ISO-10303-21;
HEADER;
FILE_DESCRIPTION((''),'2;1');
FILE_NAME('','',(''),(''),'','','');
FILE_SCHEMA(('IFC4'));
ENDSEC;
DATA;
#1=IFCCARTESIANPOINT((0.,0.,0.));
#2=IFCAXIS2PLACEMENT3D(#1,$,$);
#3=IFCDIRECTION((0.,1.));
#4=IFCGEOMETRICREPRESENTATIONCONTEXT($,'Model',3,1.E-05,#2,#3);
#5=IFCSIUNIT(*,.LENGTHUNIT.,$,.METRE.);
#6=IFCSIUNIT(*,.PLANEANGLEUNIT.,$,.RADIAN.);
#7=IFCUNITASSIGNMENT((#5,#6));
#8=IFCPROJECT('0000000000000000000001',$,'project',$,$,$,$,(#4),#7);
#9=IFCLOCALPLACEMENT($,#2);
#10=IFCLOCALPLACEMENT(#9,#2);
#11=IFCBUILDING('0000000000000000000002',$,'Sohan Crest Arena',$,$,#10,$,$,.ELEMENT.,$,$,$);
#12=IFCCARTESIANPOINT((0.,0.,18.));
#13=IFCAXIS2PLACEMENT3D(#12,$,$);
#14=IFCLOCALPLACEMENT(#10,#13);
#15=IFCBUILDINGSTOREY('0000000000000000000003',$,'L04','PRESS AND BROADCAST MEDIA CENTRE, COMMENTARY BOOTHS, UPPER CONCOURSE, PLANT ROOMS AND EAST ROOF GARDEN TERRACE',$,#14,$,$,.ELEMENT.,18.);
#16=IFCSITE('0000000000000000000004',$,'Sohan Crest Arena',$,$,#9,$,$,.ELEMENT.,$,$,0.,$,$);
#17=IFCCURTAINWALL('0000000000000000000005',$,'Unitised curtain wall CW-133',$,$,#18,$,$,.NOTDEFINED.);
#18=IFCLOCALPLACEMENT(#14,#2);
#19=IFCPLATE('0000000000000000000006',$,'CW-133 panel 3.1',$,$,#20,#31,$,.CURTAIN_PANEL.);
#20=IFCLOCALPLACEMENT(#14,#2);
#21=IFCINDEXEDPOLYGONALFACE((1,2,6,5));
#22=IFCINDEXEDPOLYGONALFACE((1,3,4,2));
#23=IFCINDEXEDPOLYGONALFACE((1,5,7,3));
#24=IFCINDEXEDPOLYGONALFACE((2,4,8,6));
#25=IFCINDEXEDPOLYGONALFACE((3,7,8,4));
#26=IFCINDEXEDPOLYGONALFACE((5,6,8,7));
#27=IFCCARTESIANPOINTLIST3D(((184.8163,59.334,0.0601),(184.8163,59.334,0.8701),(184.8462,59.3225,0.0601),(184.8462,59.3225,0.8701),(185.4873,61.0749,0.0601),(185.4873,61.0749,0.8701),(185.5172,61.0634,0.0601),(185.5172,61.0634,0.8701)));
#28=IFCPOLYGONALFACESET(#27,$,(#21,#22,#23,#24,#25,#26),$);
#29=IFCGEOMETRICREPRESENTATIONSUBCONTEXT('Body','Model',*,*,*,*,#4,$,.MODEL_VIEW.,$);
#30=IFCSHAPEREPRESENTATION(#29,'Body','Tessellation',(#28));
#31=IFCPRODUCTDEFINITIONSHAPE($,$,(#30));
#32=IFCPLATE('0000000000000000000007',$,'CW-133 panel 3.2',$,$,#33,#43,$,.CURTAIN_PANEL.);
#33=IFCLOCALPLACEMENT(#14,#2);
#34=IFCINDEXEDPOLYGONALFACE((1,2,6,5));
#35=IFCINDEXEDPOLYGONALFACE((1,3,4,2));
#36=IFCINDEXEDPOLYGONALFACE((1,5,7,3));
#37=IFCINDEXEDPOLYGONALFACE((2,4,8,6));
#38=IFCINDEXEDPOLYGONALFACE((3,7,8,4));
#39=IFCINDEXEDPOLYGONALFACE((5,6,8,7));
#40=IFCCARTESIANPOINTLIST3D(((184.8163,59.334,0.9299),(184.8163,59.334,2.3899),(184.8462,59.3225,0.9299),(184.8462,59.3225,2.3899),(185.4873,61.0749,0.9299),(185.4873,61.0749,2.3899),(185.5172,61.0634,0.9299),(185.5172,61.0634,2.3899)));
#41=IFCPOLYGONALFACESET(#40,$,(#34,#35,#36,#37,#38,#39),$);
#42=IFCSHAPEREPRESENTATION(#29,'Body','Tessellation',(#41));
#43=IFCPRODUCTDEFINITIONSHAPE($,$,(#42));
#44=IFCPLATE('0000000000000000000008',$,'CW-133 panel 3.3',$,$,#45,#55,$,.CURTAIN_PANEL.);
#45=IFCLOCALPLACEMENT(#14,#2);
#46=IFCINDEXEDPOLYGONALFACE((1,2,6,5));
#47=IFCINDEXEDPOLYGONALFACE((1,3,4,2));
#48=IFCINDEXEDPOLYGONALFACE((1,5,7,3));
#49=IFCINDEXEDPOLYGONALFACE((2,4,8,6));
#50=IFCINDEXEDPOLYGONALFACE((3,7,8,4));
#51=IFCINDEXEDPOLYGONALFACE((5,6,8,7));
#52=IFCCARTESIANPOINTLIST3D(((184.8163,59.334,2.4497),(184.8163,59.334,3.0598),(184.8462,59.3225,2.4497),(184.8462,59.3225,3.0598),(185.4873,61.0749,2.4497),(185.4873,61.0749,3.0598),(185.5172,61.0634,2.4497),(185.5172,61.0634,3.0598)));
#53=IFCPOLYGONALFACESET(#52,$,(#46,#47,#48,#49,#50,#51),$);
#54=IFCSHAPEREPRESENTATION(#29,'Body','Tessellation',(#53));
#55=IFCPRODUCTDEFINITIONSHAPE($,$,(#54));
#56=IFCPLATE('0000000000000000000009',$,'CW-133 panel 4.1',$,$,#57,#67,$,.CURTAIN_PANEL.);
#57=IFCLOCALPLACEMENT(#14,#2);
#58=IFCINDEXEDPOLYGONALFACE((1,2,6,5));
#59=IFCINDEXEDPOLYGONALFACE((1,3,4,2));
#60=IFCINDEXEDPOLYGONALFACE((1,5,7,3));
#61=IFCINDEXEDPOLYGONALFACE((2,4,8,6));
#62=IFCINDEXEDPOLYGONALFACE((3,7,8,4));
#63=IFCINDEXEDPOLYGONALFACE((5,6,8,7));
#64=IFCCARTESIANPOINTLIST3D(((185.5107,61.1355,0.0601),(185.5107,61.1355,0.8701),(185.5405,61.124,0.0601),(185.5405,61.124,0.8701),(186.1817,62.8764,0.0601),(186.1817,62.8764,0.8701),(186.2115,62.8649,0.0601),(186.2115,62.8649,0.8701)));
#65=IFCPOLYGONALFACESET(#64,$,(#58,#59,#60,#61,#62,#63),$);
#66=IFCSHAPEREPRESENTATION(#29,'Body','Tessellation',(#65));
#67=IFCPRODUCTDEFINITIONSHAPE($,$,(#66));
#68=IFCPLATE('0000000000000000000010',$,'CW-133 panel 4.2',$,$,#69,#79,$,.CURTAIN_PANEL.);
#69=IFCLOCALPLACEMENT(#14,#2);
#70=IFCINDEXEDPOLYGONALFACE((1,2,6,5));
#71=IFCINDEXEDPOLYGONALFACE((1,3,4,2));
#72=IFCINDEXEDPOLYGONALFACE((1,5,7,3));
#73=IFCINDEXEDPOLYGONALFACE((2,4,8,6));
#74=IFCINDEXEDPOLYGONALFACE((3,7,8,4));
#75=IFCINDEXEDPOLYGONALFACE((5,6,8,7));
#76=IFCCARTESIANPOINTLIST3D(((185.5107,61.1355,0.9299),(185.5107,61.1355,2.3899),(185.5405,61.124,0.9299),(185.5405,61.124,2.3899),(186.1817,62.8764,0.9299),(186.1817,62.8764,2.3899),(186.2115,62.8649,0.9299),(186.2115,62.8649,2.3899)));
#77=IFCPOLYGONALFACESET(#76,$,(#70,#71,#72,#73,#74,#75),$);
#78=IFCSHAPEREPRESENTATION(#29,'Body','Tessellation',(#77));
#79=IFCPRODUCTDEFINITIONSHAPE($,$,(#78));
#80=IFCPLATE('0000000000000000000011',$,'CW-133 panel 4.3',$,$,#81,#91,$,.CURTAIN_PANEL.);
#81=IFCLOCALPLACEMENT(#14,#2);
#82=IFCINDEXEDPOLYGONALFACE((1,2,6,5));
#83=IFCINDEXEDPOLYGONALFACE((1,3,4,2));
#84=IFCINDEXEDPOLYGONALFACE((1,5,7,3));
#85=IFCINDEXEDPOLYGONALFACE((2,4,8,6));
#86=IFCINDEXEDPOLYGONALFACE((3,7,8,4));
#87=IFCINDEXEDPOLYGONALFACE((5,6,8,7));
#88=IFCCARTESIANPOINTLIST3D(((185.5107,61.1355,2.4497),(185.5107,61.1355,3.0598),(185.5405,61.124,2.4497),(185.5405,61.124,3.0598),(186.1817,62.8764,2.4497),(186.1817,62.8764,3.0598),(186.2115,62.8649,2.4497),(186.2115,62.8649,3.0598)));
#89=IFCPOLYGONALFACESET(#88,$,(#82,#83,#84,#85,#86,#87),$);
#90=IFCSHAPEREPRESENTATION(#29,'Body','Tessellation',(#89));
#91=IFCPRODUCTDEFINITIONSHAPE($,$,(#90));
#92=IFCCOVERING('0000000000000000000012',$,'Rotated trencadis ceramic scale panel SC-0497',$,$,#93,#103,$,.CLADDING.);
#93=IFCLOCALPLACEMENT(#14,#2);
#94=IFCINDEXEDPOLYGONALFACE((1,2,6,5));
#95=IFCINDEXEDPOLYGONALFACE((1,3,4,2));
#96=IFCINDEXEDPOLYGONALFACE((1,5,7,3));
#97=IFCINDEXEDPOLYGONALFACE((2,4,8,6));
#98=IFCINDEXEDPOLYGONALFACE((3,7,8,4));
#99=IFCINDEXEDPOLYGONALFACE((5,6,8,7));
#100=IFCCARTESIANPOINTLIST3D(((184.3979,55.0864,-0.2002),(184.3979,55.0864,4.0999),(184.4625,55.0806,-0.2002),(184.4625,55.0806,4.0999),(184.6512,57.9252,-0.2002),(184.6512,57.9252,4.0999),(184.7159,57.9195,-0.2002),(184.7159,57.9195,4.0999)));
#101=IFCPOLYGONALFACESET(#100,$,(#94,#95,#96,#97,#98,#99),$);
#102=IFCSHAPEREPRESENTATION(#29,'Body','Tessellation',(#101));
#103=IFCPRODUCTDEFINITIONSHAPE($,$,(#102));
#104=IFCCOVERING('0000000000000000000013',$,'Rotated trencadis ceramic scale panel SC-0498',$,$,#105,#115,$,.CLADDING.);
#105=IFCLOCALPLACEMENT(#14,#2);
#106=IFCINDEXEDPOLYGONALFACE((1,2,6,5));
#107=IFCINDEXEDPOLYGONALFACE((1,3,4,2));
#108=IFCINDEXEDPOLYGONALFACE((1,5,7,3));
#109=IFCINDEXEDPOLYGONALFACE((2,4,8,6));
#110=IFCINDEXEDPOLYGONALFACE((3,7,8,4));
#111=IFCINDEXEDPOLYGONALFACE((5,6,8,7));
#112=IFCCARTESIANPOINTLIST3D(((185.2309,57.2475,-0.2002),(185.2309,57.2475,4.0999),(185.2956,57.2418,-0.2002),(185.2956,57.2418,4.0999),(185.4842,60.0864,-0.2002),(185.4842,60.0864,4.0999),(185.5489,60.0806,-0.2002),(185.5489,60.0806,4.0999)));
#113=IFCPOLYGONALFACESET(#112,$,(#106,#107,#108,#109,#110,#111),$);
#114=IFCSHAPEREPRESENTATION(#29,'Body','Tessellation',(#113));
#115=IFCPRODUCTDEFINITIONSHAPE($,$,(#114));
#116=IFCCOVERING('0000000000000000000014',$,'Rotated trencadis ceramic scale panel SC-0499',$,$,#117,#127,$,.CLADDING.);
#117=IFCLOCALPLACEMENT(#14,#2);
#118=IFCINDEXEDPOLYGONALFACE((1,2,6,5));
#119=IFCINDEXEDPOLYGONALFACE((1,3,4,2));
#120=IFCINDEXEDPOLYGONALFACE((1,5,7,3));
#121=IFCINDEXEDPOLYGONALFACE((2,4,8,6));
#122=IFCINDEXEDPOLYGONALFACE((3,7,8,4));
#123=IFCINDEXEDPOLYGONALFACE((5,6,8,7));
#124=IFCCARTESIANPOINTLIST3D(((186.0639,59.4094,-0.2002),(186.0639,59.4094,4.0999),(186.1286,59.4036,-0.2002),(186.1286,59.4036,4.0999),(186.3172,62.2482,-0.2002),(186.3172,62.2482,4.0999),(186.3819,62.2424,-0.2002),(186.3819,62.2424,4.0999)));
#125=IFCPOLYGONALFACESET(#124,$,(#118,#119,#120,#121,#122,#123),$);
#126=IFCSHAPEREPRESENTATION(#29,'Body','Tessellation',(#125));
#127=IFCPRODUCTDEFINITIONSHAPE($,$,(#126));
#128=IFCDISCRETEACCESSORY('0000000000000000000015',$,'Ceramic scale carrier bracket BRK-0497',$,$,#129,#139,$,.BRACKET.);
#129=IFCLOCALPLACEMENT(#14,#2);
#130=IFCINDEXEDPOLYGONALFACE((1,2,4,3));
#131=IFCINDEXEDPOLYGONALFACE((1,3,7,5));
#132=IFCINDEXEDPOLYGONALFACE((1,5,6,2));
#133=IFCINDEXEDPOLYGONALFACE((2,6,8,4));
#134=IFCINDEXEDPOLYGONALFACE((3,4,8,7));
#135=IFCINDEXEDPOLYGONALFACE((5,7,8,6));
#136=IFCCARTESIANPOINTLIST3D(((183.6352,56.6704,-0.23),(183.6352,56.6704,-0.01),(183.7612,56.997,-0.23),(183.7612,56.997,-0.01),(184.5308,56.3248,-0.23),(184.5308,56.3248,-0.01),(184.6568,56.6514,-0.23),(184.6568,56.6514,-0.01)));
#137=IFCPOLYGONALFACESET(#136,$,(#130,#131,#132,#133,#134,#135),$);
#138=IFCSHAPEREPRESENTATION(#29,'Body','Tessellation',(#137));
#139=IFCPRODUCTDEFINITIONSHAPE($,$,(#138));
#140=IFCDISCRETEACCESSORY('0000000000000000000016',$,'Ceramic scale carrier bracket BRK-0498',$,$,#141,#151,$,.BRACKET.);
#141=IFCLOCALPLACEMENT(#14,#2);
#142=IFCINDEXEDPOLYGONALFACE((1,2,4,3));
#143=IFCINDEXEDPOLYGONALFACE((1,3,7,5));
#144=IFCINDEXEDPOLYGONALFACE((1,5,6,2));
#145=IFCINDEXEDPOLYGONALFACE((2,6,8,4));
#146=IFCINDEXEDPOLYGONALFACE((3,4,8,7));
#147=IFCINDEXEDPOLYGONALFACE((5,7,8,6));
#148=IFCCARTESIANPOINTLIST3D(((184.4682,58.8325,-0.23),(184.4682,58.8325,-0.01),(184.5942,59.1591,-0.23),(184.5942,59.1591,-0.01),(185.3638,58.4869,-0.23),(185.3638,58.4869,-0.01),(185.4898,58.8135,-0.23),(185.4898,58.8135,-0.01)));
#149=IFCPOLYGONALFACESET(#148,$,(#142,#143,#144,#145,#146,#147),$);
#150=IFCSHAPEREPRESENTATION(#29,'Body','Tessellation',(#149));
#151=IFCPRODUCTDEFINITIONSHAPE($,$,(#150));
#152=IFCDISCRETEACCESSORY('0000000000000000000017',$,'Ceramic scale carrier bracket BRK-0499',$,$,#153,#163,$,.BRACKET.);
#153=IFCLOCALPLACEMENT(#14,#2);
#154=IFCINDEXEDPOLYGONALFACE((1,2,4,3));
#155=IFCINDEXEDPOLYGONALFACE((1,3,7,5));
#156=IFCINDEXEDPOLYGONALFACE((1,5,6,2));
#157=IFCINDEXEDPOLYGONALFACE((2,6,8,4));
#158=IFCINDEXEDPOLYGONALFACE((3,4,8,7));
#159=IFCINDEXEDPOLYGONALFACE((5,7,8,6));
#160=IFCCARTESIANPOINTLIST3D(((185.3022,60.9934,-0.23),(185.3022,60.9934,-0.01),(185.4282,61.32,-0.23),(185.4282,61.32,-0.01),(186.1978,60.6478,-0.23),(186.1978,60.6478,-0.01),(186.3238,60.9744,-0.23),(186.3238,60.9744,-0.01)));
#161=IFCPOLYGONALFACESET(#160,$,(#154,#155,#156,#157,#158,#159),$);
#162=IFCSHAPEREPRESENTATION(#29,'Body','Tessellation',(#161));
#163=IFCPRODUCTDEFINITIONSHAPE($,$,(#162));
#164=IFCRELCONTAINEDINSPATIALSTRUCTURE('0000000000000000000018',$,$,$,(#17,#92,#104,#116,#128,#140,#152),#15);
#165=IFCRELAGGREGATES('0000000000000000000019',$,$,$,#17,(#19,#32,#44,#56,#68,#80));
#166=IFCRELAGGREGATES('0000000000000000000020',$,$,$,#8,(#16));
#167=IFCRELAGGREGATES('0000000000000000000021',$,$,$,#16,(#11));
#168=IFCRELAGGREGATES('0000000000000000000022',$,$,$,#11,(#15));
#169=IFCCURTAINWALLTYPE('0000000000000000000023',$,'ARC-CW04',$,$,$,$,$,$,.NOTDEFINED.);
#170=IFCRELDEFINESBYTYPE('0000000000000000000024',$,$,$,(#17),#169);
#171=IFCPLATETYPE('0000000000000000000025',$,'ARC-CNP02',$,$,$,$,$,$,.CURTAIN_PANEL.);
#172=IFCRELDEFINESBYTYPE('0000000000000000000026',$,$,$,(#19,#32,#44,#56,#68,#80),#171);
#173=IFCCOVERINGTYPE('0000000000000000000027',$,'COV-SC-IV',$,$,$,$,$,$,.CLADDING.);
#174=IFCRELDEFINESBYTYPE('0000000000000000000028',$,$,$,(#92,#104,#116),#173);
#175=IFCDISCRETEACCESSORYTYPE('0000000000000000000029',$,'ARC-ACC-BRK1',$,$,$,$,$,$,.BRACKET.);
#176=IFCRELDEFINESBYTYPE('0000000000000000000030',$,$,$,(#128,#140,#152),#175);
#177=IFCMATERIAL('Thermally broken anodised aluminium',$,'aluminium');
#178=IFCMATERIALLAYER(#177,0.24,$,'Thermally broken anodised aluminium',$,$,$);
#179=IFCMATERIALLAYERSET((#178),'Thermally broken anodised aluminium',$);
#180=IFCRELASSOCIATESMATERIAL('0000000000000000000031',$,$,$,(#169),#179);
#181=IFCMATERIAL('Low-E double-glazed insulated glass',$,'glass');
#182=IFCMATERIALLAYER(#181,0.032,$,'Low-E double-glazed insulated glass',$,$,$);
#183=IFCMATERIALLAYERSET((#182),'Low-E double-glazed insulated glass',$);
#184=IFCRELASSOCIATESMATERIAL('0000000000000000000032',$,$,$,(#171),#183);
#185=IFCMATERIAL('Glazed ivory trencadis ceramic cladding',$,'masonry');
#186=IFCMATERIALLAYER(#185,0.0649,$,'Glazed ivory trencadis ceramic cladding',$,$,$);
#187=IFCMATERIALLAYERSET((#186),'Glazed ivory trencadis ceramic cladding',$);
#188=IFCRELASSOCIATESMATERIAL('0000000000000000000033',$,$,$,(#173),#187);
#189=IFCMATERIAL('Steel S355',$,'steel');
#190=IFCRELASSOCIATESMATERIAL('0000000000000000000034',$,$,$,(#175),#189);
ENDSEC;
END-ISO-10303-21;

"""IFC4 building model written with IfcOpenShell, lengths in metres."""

from ifc_helpers import new_model, si_unit, direction, frame, origin, origin_2d, place, context, subcontext, project, spatial, rectangle, extrude, material, layer, layer_set, type_object, element, aggregate, save


model = new_model("IFC4")

# Units and contexts
model_context = context("Model", 3, precision=1e-05, world=origin(), true_north=direction((0.0, 1.0)))
body_context = subcontext(model_context, "Body", "Model", "MODEL_VIEW")
ifc_project = project(units=[si_unit("LENGTHUNIT", "METRE"), si_unit("PLANEANGLEUNIT", "RADIAN")], contexts=[model_context])

# Site, building, storey
site_placement = place(None, origin())
site = spatial("IfcSite", under=ifc_project, at=site_placement, Name="Sohan Crest Arena", CompositionType="ELEMENT", RefElevation=0.0)
building_placement = place(site_placement, origin())
building = spatial("IfcBuilding", under=site, at=building_placement, Name="Sohan Crest Arena", CompositionType="ELEMENT")
storey_placement = place(building_placement, frame((0.0, 0.0, 18.0)))
storey = spatial("IfcBuildingStorey", under=building, at=storey_placement, Name="L04", Description="PRESS AND BROADCAST MEDIA CENTRE, COMMENTARY BOOTHS, UPPER CONCOURSE, PLANT ROOMS AND EAST ROOF GARDEN TERRACE", CompositionType="ELEMENT", Elevation=18.0)

# Curtain wall, plates
ifc_material_1 = material(Name="Thermally broken anodised aluminium", Category="aluminium")
ifc_layer_1 = layer(ifc_material_1, 0.24, Name="Thermally broken anodised aluminium")
ifc_layer_set_1 = layer_set([ifc_layer_1], Name="Thermally broken anodised aluminium")
curtain_wall_type = type_object("IfcCurtainWallType", Name="ARC-CW04", PredefinedType="NOTDEFINED", material=ifc_layer_set_1)
curtain_wall_placement = place(storey_placement, origin())
curtain_wall = element("IfcCurtainWall", 1, at=curtain_wall_placement, inside=storey, type_object=curtain_wall_type, Name="Unitised curtain wall CW-133", PredefinedType="NOTDEFINED")
ifc_material_2 = material(Name="Low-E double-glazed insulated glass", Category="glass")
ifc_layer_2 = layer(ifc_material_2, 0.032, Name="Low-E double-glazed insulated glass")
ifc_layer_set_2 = layer_set([ifc_layer_2], Name="Low-E double-glazed insulated glass")
plate_type = type_object("IfcPlateType", Name="ARC-CNP02", PredefinedType="CURTAIN_PANEL", material=ifc_layer_set_2)
plate_1_placement = place(storey_placement, frame((185.1667, 60.1987, 0.0601), z_axis=(0.0, 0.0, 1.0), x_axis=(0.359633, 0.933094, 0.0)))
plate_1 = element("IfcPlate", 2, at=plate_1_placement, type_object=plate_type, Name="CW-133 panel 3.1", PredefinedType="CURTAIN_PANEL", context=body_context, shape_type="SweptSolid", body=[
    extrude(rectangle(XDim=1.8657, YDim=0.032, at=origin_2d()), origin(), (0.0, 0.0, 1.0), 0.8101),
])
plate_2_placement = place(storey_placement, frame((185.1667, 60.1987, 0.9299), z_axis=(0.0, 0.0, 1.0), x_axis=(0.359633, 0.933094, 0.0)))
plate_2 = element("IfcPlate", 3, at=plate_2_placement, type_object=plate_type, Name="CW-133 panel 3.2", PredefinedType="CURTAIN_PANEL", context=body_context, shape_type="SweptSolid", body=[
    extrude(rectangle(XDim=1.8657, YDim=0.032, at=origin_2d()), origin(), (0.0, 0.0, 1.0), 1.46),
])
plate_3_placement = place(storey_placement, frame((185.1667, 60.1987, 2.4497), z_axis=(0.0, 0.0, 1.0), x_axis=(0.359633, 0.933094, 0.0)))
plate_3 = element("IfcPlate", 4, at=plate_3_placement, type_object=plate_type, Name="CW-133 panel 3.3", PredefinedType="CURTAIN_PANEL", context=body_context, shape_type="SweptSolid", body=[
    extrude(rectangle(XDim=1.8657, YDim=0.032, at=origin_2d()), origin(), (0.0, 0.0, 1.0), 0.6101),
])
plate_4_placement = place(storey_placement, frame((185.8611, 62.0002, 0.0601), z_axis=(0.0, 0.0, 1.0), x_axis=(0.359633, 0.933094, 0.0)))
plate_4 = element("IfcPlate", 5, at=plate_4_placement, type_object=plate_type, Name="CW-133 panel 4.1", PredefinedType="CURTAIN_PANEL", context=body_context, shape_type="SweptSolid", body=[
    extrude(rectangle(XDim=1.8657, YDim=0.032, at=origin_2d()), origin(), (0.0, 0.0, 1.0), 0.8101),
])
plate_5_placement = place(storey_placement, frame((185.8611, 62.0002, 0.9299), z_axis=(0.0, 0.0, 1.0), x_axis=(0.359633, 0.933094, 0.0)))
plate_5 = element("IfcPlate", 6, at=plate_5_placement, type_object=plate_type, Name="CW-133 panel 4.2", PredefinedType="CURTAIN_PANEL", context=body_context, shape_type="SweptSolid", body=[
    extrude(rectangle(XDim=1.8657, YDim=0.032, at=origin_2d()), origin(), (0.0, 0.0, 1.0), 1.46),
])
plate_6_placement = place(storey_placement, frame((185.8611, 62.0002, 2.4497), z_axis=(0.0, 0.0, 1.0), x_axis=(0.359633, 0.933094, 0.0)))
plate_6 = element("IfcPlate", 7, at=plate_6_placement, type_object=plate_type, Name="CW-133 panel 4.3", PredefinedType="CURTAIN_PANEL", context=body_context, shape_type="SweptSolid", body=[
    extrude(rectangle(XDim=1.8657, YDim=0.032, at=origin_2d()), origin(), (0.0, 0.0, 1.0), 0.6101),
])
aggregate(curtain_wall, [plate_1, plate_2, plate_3, plate_4, plate_5, plate_6])

# Coverings
ifc_material_3 = material(Name="Glazed ivory trencadis ceramic cladding", Category="masonry")
ifc_layer_3 = layer(ifc_material_3, 0.0649, Name="Glazed ivory trencadis ceramic cladding")
ifc_layer_set_3 = layer_set([ifc_layer_3], Name="Glazed ivory trencadis ceramic cladding")
covering_type = type_object("IfcCoveringType", Name="COV-SC-IV", PredefinedType="CLADDING", material=ifc_layer_set_3)
for number, where, z_axis, x_axis, name in (
    (8, (184.5569, 56.5029, -0.2002), (0.0, 0.0, 1.0), (0.088894, 0.996041, 0.0), "Rotated trencadis ceramic scale panel SC-0497"),
    (9, (185.3899, 58.6641, -0.2002), (0.0, 0.0, 1.0), (0.088894, 0.996041, 0.0), "Rotated trencadis ceramic scale panel SC-0498"),
    (10, (186.2229, 60.8259, -0.2002), (0.0, 0.0, 1.0), (0.088894, 0.996041, 0.0), "Rotated trencadis ceramic scale panel SC-0499"),
):
    element("IfcCovering", number, at=place(storey_placement, frame(where, z_axis=z_axis, x_axis=x_axis)), inside=storey, type_object=covering_type, Name=name, PredefinedType="CLADDING", context=body_context, shape_type="SweptSolid", body=[
        extrude(rectangle(XDim=2.8501, YDim=0.0649, at=origin_2d()), origin(), (0.0, 0.0, 1.0), 4.3),
    ])

# Discrete accessories
ifc_material_4 = material(Name="Steel S355", Category="steel")
discrete_accessory_type = type_object("IfcDiscreteAccessoryType", Name="ARC-ACC-BRK1", PredefinedType="BRACKET", material=ifc_material_4)
for number, where, z_axis, x_axis, name in (
    (11, (184.146, 56.6609, -0.23), (0.0, 0.0, 1.0), (0.359997, 0.932954, 0.0), "Ceramic scale carrier bracket BRK-0497"),
    (12, (184.979, 58.823, -0.23), (0.0, 0.0, 1.0), (0.359997, 0.932954, 0.0), "Ceramic scale carrier bracket BRK-0498"),
    (13, (185.813, 60.9839, -0.23), (0.0, 0.0, 1.0), (0.359997, 0.932954, 0.0), "Ceramic scale carrier bracket BRK-0499"),
):
    element("IfcDiscreteAccessory", number, at=place(storey_placement, frame(where, z_axis=z_axis, x_axis=x_axis)), inside=storey, type_object=discrete_accessory_type, Name=name, PredefinedType="BRACKET", context=body_context, shape_type="SweptSolid", body=[
        extrude(rectangle(XDim=0.3501, YDim=0.96, at=origin_2d()), origin(), (0.0, 0.0, 1.0), 0.22),
    ])

save(model, "model.ifc")
